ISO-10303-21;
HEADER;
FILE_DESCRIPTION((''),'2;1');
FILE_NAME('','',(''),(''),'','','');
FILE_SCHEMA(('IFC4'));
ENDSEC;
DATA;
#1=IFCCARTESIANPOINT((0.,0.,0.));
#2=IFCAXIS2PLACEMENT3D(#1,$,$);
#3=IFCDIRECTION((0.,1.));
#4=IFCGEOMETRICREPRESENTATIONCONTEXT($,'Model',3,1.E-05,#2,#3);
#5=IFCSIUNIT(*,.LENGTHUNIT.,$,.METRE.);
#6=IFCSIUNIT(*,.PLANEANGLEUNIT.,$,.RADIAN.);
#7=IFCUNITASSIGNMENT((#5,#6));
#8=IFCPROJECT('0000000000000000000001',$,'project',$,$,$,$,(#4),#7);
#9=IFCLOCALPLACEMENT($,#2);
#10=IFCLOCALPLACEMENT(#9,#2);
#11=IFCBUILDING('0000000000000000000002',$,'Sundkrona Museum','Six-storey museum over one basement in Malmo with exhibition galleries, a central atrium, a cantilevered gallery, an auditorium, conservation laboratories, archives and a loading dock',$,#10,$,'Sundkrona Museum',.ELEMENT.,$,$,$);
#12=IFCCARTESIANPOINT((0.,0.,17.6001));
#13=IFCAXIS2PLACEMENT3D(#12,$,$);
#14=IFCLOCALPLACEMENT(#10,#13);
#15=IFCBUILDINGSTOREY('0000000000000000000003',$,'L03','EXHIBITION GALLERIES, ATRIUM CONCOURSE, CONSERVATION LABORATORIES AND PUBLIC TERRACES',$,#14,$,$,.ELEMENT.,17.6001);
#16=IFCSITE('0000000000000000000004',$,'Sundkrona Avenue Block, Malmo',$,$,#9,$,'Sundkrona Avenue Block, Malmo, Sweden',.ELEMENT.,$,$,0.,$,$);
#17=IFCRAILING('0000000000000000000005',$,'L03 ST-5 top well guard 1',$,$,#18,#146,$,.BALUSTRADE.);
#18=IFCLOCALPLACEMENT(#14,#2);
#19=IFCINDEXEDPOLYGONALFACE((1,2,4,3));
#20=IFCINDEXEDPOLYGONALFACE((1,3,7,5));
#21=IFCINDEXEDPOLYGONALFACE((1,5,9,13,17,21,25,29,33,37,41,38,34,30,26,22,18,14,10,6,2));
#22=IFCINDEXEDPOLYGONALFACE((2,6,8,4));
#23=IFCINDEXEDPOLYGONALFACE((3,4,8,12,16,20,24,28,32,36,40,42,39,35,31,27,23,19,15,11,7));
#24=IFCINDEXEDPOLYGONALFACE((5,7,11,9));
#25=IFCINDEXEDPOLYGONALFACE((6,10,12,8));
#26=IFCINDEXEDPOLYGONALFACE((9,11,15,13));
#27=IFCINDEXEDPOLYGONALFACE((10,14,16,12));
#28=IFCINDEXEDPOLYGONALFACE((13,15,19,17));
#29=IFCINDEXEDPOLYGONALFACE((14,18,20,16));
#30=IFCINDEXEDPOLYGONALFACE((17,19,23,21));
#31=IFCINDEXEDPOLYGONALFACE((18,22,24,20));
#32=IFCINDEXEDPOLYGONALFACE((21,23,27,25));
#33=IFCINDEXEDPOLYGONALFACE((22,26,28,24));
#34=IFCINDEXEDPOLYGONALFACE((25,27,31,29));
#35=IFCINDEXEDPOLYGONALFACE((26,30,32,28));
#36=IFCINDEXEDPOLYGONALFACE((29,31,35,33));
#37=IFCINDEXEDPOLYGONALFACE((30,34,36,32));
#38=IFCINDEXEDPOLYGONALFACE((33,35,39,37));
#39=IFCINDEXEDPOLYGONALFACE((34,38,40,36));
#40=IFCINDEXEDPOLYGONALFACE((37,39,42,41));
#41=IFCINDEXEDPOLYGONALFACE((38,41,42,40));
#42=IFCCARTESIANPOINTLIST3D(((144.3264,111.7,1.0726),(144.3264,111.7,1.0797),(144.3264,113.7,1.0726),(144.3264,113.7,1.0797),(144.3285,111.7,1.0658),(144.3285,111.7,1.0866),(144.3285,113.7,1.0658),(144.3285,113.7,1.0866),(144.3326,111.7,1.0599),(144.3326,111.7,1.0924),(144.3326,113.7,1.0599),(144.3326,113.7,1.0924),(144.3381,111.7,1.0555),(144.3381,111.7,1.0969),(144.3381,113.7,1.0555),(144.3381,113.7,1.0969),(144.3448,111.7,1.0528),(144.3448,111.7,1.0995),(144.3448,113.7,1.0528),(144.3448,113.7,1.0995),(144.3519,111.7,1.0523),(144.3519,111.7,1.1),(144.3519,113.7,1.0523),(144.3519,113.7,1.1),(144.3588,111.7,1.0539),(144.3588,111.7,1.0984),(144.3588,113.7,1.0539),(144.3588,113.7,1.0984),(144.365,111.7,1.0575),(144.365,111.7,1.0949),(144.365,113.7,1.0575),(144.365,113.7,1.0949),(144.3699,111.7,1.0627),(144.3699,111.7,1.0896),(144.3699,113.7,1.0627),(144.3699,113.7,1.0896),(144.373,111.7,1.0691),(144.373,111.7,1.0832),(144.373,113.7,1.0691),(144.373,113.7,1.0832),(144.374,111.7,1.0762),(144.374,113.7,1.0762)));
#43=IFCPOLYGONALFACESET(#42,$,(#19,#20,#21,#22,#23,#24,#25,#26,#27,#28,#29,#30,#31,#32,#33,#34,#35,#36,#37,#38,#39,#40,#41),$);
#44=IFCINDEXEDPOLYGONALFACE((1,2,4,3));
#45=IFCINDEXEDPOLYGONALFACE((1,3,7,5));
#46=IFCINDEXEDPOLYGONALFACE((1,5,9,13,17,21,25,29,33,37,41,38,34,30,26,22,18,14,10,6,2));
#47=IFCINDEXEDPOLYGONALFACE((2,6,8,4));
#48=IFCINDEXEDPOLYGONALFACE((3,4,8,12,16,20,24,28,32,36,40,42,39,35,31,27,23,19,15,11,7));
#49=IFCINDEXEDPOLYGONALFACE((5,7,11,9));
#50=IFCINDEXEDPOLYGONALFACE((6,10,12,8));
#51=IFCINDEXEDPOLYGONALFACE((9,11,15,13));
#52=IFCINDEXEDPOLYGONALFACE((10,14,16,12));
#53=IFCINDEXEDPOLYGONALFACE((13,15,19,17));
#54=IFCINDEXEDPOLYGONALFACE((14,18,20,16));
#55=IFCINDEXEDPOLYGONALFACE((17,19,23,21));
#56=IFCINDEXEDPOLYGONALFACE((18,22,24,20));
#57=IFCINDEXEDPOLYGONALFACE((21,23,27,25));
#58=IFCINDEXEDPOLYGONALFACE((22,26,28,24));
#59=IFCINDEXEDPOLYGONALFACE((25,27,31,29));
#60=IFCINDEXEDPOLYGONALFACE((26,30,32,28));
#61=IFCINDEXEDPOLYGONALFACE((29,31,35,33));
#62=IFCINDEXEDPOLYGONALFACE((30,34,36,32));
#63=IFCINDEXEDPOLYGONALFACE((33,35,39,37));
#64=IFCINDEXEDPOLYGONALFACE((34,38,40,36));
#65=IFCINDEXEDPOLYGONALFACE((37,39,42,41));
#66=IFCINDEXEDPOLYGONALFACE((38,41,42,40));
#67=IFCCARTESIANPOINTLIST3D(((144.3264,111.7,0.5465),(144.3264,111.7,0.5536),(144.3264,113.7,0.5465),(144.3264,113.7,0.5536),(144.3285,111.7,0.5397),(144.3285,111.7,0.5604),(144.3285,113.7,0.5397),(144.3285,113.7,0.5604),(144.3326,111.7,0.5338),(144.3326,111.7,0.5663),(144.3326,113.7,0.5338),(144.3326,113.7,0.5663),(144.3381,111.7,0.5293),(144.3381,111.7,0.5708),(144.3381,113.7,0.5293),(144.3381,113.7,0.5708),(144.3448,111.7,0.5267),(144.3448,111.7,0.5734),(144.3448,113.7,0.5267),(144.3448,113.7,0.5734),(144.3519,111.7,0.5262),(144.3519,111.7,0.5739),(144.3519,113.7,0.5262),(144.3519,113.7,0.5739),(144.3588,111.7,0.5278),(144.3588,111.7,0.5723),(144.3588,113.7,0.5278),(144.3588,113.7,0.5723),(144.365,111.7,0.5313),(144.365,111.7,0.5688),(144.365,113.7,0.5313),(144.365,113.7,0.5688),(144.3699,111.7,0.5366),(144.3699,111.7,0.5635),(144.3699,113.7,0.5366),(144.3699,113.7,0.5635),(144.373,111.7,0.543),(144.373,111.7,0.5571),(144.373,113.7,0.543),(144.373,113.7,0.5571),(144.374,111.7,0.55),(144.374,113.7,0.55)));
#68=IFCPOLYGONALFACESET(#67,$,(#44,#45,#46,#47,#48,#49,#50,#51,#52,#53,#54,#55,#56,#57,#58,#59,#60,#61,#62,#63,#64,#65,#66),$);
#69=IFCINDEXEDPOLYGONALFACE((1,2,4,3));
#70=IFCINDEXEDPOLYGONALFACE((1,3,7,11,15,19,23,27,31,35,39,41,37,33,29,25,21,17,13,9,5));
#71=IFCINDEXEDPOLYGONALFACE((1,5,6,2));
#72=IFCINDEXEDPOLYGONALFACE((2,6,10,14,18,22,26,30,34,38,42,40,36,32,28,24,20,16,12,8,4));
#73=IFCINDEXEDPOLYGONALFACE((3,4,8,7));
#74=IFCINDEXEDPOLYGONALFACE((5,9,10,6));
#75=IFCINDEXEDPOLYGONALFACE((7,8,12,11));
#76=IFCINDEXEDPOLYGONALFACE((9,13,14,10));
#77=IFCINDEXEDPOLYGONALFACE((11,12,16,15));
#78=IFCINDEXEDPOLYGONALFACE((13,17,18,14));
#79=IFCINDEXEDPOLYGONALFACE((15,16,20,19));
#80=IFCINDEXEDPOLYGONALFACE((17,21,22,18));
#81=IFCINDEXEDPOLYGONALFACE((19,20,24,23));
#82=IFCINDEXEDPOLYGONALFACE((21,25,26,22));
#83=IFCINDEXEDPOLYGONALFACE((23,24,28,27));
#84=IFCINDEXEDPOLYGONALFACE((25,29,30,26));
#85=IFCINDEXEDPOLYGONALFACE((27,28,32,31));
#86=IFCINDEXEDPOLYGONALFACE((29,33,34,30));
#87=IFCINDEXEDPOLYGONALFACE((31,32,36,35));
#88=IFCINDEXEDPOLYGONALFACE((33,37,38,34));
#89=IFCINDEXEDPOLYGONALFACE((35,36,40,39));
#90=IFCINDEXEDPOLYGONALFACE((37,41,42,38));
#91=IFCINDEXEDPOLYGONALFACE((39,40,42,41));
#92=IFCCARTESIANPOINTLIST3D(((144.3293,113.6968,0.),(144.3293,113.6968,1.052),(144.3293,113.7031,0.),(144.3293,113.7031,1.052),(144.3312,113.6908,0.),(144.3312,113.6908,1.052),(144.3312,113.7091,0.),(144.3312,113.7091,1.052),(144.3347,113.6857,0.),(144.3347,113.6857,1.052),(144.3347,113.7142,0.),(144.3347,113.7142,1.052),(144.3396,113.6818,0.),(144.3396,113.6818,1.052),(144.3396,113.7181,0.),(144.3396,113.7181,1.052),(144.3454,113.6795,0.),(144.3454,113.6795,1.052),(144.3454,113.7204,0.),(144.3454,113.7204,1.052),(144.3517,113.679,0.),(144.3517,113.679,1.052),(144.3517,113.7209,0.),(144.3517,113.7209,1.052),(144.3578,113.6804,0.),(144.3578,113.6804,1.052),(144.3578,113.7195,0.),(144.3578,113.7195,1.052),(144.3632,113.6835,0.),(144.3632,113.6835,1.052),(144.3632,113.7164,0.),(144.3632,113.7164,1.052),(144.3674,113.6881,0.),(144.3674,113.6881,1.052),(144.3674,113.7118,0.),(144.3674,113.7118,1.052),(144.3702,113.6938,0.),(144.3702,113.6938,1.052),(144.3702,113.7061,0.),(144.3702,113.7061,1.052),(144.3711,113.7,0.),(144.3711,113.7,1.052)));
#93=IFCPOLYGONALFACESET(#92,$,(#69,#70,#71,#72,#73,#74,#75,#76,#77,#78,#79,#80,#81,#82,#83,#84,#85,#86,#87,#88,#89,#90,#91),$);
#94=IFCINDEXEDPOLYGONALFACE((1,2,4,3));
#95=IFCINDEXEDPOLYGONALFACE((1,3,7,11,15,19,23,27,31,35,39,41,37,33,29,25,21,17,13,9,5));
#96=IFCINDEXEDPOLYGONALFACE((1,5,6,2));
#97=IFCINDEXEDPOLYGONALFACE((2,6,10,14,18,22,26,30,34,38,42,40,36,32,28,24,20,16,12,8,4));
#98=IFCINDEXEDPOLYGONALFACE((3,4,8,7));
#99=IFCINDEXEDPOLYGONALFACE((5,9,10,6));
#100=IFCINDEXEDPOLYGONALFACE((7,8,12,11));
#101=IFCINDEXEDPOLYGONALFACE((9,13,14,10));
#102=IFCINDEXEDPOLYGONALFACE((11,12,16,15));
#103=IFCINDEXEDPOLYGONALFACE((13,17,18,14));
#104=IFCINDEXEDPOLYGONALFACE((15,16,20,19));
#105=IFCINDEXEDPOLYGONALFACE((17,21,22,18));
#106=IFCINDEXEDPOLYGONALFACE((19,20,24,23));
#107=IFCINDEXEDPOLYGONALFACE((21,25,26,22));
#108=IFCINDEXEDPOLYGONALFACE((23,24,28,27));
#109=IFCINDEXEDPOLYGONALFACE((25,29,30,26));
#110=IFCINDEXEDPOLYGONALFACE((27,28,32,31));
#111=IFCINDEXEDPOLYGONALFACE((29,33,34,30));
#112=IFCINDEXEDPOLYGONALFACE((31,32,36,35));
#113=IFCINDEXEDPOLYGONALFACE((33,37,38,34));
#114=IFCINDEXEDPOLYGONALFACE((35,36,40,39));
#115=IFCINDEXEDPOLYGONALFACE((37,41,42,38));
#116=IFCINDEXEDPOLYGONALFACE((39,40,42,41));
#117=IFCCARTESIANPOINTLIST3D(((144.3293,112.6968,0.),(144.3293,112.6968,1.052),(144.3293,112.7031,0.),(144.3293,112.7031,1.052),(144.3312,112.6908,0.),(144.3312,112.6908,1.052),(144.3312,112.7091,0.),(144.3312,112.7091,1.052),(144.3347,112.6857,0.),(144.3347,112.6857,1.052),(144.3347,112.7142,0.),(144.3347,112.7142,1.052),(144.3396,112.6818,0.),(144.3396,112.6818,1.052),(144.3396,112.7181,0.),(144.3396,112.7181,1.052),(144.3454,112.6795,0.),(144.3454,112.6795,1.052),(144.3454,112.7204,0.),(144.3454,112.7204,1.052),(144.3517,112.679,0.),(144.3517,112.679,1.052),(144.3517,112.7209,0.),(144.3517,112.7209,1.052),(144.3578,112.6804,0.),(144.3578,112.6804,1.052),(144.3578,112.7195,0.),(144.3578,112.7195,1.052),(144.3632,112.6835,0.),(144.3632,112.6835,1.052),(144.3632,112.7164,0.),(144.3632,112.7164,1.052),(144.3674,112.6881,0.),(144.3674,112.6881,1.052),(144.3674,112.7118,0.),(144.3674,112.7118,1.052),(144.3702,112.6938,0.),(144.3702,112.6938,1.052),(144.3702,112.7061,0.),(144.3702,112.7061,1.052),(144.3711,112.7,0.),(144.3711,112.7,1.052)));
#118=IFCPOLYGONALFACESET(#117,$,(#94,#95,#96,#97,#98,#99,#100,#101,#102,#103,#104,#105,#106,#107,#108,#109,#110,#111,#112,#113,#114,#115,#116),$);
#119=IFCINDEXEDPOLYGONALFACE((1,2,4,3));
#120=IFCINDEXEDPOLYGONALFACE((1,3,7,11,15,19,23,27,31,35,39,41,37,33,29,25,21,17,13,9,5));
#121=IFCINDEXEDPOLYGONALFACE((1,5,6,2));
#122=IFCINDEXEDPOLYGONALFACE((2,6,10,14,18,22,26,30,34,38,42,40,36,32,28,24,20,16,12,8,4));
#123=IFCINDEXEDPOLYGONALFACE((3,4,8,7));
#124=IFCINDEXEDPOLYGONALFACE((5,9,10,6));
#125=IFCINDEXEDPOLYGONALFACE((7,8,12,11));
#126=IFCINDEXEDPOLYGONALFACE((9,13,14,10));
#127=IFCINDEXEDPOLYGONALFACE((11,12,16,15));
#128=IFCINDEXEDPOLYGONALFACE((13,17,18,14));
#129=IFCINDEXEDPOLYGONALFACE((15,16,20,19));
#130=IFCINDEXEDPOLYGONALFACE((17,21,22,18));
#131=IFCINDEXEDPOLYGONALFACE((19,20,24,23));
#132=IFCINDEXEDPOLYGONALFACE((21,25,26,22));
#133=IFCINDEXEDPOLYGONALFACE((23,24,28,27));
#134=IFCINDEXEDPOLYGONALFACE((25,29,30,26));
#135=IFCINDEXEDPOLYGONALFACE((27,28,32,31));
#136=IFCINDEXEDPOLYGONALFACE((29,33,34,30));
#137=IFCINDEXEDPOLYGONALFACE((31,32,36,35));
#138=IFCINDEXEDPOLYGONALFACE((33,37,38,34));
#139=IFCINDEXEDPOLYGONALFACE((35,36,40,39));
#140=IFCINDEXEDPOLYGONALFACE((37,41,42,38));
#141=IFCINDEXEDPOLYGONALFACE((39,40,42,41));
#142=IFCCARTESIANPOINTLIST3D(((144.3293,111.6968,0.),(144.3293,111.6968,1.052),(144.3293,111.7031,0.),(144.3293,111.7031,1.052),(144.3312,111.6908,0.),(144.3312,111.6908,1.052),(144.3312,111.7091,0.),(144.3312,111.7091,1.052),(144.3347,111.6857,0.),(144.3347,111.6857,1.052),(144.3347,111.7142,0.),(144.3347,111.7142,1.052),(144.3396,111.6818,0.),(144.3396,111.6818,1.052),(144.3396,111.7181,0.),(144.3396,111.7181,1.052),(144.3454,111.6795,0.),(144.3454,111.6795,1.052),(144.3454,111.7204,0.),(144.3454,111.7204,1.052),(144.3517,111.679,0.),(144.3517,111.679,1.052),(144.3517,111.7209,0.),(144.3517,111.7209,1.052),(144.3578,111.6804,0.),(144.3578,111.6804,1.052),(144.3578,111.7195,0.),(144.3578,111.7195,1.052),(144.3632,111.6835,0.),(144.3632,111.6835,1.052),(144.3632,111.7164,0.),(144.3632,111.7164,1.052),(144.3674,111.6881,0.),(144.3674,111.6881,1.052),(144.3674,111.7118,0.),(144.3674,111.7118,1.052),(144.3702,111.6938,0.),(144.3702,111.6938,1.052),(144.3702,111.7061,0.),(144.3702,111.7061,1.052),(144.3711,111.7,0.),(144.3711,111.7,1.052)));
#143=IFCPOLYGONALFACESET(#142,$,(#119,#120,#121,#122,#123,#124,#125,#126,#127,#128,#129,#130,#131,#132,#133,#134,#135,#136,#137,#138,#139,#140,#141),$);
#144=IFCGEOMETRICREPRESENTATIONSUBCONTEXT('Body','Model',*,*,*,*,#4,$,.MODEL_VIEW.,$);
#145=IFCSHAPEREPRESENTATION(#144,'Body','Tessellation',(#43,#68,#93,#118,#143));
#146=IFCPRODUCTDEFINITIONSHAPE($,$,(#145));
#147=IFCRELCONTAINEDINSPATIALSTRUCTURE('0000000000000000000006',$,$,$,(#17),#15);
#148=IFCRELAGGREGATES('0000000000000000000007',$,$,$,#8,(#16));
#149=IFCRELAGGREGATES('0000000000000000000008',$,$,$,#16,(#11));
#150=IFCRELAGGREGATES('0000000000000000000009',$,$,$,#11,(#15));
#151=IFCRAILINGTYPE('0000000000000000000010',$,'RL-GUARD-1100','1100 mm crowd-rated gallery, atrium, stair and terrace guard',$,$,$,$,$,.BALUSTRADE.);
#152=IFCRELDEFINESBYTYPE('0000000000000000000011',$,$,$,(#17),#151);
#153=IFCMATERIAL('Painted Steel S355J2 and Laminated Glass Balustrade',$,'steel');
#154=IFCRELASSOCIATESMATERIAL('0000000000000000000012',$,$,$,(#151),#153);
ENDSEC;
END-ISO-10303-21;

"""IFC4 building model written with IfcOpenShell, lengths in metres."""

from ifc_helpers import new_model, si_unit, direction, frame, origin, origin_2d, place, context, subcontext, project, spatial, circle, extrude, material, type_object, element, save


model = new_model("IFC4")

# Units and contexts
model_context = context("Model", 3, precision=1e-05, world=origin(), true_north=direction((0.0, 1.0)))
body_context = subcontext(model_context, "Body", "Model", "MODEL_VIEW")
ifc_project = project(units=[si_unit("LENGTHUNIT", "METRE"), si_unit("PLANEANGLEUNIT", "RADIAN")], contexts=[model_context])

# Site, building, storey
site_placement = place(None, origin())
site = spatial("IfcSite", under=ifc_project, at=site_placement, Name="Sundkrona Avenue Block, Malmo", LongName="Sundkrona Avenue Block, Malmo, Sweden", CompositionType="ELEMENT", RefElevation=0.0)
building_placement = place(site_placement, origin())
building = spatial("IfcBuilding", under=site, at=building_placement, Name="Sundkrona Museum", Description="Six-storey museum over one basement in Malmo with exhibition galleries, a central atrium, a cantilevered gallery, an auditorium, conservation laboratories, archives and a loading dock", LongName="Sundkrona Museum", CompositionType="ELEMENT")
storey_placement = place(building_placement, frame((0.0, 0.0, 17.6001)))
storey = spatial("IfcBuildingStorey", under=building, at=storey_placement, Name="L03", Description="EXHIBITION GALLERIES, ATRIUM CONCOURSE, CONSERVATION LABORATORIES AND PUBLIC TERRACES", CompositionType="ELEMENT", Elevation=17.6001)

# Railing
ifc_material_1 = material(Name="Painted Steel S355J2 and Laminated Glass Balustrade", Category="steel")
railing_type = type_object("IfcRailingType", Name="RL-GUARD-1100", Description="1100 mm crowd-rated gallery, atrium, stair and terrace guard", PredefinedType="BALUSTRADE", material=ifc_material_1)
railing_1_placement = place(storey_placement, frame((144.3501, 113.7, 0.0)))
element("IfcRailing", 1, at=railing_1_placement, inside=storey, type_object=railing_type, Name="L03 ST-5 top well guard 1", PredefinedType="BALUSTRADE", context=body_context, shape_type="SweptSolid", body=[
    extrude(circle(Radius=0.0239, at=origin_2d()), frame((0.0, 0.0, 1.0762), z_axis=(0.0, -1.0, 0.0), x_axis=(1.0, 0.0, 0.0)), (0.0, 0.0, 1.0), 2.0),
    extrude(circle(Radius=0.0239, at=origin_2d()), frame((0.0, 0.0, 0.55), z_axis=(0.0, -1.0, 0.0), x_axis=(1.0, 0.0, 0.0)), (0.0, 0.0, 1.0), 2.0),
    extrude(circle(Radius=0.021, at=origin_2d()), origin(), (0.0, 0.0, 1.0), 1.052),
    extrude(circle(Radius=0.021, at=origin_2d()), frame((0.0, -1.0, 0.0)), (0.0, 0.0, 1.0), 1.052),
    extrude(circle(Radius=0.021, at=origin_2d()), frame((0.0, -2.0, 0.0)), (0.0, 0.0, 1.0), 1.052),
])

save(model, "model.ifc")
